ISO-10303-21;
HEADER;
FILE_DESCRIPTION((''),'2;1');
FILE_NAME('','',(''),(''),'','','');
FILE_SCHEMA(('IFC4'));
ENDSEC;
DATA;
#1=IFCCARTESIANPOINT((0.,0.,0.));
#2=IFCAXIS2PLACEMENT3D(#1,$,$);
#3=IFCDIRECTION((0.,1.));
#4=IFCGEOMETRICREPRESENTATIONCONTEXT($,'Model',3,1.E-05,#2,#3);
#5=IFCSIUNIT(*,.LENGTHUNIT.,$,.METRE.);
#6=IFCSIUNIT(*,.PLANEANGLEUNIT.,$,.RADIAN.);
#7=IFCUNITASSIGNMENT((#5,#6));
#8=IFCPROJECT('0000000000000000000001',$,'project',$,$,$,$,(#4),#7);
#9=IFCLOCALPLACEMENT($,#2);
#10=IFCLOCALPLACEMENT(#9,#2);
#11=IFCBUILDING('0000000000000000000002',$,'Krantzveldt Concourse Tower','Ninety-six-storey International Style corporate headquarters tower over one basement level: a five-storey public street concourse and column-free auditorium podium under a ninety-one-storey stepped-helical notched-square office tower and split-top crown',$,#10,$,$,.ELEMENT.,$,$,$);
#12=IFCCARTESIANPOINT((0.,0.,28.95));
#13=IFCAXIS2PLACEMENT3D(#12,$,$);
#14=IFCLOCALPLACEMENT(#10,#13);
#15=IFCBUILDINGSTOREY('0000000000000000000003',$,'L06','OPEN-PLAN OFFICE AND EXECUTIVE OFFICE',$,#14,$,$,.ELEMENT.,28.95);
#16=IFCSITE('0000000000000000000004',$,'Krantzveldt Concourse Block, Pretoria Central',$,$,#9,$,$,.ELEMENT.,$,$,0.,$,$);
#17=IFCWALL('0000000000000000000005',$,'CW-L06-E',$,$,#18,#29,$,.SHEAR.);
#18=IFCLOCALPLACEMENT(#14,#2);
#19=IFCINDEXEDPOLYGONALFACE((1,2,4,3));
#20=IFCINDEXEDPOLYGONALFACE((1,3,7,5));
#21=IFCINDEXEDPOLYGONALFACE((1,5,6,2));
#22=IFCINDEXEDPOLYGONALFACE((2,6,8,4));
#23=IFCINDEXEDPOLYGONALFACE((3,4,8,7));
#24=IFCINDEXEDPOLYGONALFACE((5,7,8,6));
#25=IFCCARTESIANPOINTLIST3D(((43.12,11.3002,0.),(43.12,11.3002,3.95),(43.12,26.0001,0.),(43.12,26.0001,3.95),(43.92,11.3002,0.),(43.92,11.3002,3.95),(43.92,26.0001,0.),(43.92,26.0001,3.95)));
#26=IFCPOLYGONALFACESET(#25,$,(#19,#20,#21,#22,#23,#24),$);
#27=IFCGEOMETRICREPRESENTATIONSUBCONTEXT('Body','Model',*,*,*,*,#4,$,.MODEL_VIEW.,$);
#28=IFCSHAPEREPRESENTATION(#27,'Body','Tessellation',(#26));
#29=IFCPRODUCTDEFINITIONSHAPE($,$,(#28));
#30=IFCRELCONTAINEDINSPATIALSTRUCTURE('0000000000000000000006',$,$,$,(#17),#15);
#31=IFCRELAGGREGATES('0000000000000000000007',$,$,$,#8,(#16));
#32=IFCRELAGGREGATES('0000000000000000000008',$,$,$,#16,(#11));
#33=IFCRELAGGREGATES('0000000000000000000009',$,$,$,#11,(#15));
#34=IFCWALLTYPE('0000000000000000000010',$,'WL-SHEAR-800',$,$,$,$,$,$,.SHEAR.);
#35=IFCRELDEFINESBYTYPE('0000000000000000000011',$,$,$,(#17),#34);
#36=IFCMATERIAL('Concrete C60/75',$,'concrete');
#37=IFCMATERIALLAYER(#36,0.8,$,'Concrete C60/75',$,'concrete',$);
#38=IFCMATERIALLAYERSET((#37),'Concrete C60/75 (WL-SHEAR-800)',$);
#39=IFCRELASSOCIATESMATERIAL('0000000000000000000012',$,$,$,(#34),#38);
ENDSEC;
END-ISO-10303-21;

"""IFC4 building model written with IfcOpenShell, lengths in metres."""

from ifc_helpers import new_model, si_unit, direction, frame, frame_2d, origin, place, context, subcontext, project, spatial, rectangle, extrude, material, layer, layer_set, type_object, element, save


model = new_model("IFC4")

# Units and contexts
model_context = context("Model", 3, precision=1e-05, world=origin(), true_north=direction((0.0, 1.0)))
body_context = subcontext(model_context, "Body", "Model", "MODEL_VIEW")
ifc_project = project(units=[si_unit("LENGTHUNIT", "METRE"), si_unit("PLANEANGLEUNIT", "RADIAN")], contexts=[model_context])

# Site, building, storey
site_placement = place(None, origin())
site = spatial("IfcSite", under=ifc_project, at=site_placement, Name="Krantzveldt Concourse Block, Pretoria Central", CompositionType="ELEMENT", RefElevation=0.0)
building_placement = place(site_placement, origin())
building = spatial("IfcBuilding", under=site, at=building_placement, Name="Krantzveldt Concourse Tower", Description="Ninety-six-storey International Style corporate headquarters tower over one basement level: a five-storey public street concourse and column-free auditorium podium under a ninety-one-storey stepped-helical notched-square office tower and split-top crown", CompositionType="ELEMENT")
storey_placement = place(building_placement, frame((0.0, 0.0, 28.95)))
storey = spatial("IfcBuildingStorey", under=building, at=storey_placement, Name="L06", Description="OPEN-PLAN OFFICE AND EXECUTIVE OFFICE", CompositionType="ELEMENT", Elevation=28.95)

# Shared definitions
ifc_material_1 = material(Name="Concrete C60/75", Category="concrete")

# Wall
ifc_layer_1 = layer(ifc_material_1, 0.8, Name="Concrete C60/75", Category="concrete")
ifc_layer_set_1 = layer_set([ifc_layer_1], Name="Concrete C60/75 (WL-SHEAR-800)")
wall_type_1 = type_object("IfcWallType", Name="WL-SHEAR-800", PredefinedType="SHEAR", material=ifc_layer_set_1)
wall_1_placement = place(storey_placement, frame((43.52, 11.3, 0.0), z_axis=(0.0, 0.0, 1.0), x_axis=(0.0, 1.0, 0.0)))
element("IfcWall", 1, at=wall_1_placement, inside=storey, type_object=wall_type_1, Name="CW-L06-E", PredefinedType="SHEAR", context=body_context, shape_type="SweptSolid", body=[
    extrude(rectangle(XDim=14.7, YDim=0.8, at=frame_2d((7.3501, 0.0))), origin(), (0.0, 0.0, 1.0), 3.95),
])

save(model, "model.ifc")
